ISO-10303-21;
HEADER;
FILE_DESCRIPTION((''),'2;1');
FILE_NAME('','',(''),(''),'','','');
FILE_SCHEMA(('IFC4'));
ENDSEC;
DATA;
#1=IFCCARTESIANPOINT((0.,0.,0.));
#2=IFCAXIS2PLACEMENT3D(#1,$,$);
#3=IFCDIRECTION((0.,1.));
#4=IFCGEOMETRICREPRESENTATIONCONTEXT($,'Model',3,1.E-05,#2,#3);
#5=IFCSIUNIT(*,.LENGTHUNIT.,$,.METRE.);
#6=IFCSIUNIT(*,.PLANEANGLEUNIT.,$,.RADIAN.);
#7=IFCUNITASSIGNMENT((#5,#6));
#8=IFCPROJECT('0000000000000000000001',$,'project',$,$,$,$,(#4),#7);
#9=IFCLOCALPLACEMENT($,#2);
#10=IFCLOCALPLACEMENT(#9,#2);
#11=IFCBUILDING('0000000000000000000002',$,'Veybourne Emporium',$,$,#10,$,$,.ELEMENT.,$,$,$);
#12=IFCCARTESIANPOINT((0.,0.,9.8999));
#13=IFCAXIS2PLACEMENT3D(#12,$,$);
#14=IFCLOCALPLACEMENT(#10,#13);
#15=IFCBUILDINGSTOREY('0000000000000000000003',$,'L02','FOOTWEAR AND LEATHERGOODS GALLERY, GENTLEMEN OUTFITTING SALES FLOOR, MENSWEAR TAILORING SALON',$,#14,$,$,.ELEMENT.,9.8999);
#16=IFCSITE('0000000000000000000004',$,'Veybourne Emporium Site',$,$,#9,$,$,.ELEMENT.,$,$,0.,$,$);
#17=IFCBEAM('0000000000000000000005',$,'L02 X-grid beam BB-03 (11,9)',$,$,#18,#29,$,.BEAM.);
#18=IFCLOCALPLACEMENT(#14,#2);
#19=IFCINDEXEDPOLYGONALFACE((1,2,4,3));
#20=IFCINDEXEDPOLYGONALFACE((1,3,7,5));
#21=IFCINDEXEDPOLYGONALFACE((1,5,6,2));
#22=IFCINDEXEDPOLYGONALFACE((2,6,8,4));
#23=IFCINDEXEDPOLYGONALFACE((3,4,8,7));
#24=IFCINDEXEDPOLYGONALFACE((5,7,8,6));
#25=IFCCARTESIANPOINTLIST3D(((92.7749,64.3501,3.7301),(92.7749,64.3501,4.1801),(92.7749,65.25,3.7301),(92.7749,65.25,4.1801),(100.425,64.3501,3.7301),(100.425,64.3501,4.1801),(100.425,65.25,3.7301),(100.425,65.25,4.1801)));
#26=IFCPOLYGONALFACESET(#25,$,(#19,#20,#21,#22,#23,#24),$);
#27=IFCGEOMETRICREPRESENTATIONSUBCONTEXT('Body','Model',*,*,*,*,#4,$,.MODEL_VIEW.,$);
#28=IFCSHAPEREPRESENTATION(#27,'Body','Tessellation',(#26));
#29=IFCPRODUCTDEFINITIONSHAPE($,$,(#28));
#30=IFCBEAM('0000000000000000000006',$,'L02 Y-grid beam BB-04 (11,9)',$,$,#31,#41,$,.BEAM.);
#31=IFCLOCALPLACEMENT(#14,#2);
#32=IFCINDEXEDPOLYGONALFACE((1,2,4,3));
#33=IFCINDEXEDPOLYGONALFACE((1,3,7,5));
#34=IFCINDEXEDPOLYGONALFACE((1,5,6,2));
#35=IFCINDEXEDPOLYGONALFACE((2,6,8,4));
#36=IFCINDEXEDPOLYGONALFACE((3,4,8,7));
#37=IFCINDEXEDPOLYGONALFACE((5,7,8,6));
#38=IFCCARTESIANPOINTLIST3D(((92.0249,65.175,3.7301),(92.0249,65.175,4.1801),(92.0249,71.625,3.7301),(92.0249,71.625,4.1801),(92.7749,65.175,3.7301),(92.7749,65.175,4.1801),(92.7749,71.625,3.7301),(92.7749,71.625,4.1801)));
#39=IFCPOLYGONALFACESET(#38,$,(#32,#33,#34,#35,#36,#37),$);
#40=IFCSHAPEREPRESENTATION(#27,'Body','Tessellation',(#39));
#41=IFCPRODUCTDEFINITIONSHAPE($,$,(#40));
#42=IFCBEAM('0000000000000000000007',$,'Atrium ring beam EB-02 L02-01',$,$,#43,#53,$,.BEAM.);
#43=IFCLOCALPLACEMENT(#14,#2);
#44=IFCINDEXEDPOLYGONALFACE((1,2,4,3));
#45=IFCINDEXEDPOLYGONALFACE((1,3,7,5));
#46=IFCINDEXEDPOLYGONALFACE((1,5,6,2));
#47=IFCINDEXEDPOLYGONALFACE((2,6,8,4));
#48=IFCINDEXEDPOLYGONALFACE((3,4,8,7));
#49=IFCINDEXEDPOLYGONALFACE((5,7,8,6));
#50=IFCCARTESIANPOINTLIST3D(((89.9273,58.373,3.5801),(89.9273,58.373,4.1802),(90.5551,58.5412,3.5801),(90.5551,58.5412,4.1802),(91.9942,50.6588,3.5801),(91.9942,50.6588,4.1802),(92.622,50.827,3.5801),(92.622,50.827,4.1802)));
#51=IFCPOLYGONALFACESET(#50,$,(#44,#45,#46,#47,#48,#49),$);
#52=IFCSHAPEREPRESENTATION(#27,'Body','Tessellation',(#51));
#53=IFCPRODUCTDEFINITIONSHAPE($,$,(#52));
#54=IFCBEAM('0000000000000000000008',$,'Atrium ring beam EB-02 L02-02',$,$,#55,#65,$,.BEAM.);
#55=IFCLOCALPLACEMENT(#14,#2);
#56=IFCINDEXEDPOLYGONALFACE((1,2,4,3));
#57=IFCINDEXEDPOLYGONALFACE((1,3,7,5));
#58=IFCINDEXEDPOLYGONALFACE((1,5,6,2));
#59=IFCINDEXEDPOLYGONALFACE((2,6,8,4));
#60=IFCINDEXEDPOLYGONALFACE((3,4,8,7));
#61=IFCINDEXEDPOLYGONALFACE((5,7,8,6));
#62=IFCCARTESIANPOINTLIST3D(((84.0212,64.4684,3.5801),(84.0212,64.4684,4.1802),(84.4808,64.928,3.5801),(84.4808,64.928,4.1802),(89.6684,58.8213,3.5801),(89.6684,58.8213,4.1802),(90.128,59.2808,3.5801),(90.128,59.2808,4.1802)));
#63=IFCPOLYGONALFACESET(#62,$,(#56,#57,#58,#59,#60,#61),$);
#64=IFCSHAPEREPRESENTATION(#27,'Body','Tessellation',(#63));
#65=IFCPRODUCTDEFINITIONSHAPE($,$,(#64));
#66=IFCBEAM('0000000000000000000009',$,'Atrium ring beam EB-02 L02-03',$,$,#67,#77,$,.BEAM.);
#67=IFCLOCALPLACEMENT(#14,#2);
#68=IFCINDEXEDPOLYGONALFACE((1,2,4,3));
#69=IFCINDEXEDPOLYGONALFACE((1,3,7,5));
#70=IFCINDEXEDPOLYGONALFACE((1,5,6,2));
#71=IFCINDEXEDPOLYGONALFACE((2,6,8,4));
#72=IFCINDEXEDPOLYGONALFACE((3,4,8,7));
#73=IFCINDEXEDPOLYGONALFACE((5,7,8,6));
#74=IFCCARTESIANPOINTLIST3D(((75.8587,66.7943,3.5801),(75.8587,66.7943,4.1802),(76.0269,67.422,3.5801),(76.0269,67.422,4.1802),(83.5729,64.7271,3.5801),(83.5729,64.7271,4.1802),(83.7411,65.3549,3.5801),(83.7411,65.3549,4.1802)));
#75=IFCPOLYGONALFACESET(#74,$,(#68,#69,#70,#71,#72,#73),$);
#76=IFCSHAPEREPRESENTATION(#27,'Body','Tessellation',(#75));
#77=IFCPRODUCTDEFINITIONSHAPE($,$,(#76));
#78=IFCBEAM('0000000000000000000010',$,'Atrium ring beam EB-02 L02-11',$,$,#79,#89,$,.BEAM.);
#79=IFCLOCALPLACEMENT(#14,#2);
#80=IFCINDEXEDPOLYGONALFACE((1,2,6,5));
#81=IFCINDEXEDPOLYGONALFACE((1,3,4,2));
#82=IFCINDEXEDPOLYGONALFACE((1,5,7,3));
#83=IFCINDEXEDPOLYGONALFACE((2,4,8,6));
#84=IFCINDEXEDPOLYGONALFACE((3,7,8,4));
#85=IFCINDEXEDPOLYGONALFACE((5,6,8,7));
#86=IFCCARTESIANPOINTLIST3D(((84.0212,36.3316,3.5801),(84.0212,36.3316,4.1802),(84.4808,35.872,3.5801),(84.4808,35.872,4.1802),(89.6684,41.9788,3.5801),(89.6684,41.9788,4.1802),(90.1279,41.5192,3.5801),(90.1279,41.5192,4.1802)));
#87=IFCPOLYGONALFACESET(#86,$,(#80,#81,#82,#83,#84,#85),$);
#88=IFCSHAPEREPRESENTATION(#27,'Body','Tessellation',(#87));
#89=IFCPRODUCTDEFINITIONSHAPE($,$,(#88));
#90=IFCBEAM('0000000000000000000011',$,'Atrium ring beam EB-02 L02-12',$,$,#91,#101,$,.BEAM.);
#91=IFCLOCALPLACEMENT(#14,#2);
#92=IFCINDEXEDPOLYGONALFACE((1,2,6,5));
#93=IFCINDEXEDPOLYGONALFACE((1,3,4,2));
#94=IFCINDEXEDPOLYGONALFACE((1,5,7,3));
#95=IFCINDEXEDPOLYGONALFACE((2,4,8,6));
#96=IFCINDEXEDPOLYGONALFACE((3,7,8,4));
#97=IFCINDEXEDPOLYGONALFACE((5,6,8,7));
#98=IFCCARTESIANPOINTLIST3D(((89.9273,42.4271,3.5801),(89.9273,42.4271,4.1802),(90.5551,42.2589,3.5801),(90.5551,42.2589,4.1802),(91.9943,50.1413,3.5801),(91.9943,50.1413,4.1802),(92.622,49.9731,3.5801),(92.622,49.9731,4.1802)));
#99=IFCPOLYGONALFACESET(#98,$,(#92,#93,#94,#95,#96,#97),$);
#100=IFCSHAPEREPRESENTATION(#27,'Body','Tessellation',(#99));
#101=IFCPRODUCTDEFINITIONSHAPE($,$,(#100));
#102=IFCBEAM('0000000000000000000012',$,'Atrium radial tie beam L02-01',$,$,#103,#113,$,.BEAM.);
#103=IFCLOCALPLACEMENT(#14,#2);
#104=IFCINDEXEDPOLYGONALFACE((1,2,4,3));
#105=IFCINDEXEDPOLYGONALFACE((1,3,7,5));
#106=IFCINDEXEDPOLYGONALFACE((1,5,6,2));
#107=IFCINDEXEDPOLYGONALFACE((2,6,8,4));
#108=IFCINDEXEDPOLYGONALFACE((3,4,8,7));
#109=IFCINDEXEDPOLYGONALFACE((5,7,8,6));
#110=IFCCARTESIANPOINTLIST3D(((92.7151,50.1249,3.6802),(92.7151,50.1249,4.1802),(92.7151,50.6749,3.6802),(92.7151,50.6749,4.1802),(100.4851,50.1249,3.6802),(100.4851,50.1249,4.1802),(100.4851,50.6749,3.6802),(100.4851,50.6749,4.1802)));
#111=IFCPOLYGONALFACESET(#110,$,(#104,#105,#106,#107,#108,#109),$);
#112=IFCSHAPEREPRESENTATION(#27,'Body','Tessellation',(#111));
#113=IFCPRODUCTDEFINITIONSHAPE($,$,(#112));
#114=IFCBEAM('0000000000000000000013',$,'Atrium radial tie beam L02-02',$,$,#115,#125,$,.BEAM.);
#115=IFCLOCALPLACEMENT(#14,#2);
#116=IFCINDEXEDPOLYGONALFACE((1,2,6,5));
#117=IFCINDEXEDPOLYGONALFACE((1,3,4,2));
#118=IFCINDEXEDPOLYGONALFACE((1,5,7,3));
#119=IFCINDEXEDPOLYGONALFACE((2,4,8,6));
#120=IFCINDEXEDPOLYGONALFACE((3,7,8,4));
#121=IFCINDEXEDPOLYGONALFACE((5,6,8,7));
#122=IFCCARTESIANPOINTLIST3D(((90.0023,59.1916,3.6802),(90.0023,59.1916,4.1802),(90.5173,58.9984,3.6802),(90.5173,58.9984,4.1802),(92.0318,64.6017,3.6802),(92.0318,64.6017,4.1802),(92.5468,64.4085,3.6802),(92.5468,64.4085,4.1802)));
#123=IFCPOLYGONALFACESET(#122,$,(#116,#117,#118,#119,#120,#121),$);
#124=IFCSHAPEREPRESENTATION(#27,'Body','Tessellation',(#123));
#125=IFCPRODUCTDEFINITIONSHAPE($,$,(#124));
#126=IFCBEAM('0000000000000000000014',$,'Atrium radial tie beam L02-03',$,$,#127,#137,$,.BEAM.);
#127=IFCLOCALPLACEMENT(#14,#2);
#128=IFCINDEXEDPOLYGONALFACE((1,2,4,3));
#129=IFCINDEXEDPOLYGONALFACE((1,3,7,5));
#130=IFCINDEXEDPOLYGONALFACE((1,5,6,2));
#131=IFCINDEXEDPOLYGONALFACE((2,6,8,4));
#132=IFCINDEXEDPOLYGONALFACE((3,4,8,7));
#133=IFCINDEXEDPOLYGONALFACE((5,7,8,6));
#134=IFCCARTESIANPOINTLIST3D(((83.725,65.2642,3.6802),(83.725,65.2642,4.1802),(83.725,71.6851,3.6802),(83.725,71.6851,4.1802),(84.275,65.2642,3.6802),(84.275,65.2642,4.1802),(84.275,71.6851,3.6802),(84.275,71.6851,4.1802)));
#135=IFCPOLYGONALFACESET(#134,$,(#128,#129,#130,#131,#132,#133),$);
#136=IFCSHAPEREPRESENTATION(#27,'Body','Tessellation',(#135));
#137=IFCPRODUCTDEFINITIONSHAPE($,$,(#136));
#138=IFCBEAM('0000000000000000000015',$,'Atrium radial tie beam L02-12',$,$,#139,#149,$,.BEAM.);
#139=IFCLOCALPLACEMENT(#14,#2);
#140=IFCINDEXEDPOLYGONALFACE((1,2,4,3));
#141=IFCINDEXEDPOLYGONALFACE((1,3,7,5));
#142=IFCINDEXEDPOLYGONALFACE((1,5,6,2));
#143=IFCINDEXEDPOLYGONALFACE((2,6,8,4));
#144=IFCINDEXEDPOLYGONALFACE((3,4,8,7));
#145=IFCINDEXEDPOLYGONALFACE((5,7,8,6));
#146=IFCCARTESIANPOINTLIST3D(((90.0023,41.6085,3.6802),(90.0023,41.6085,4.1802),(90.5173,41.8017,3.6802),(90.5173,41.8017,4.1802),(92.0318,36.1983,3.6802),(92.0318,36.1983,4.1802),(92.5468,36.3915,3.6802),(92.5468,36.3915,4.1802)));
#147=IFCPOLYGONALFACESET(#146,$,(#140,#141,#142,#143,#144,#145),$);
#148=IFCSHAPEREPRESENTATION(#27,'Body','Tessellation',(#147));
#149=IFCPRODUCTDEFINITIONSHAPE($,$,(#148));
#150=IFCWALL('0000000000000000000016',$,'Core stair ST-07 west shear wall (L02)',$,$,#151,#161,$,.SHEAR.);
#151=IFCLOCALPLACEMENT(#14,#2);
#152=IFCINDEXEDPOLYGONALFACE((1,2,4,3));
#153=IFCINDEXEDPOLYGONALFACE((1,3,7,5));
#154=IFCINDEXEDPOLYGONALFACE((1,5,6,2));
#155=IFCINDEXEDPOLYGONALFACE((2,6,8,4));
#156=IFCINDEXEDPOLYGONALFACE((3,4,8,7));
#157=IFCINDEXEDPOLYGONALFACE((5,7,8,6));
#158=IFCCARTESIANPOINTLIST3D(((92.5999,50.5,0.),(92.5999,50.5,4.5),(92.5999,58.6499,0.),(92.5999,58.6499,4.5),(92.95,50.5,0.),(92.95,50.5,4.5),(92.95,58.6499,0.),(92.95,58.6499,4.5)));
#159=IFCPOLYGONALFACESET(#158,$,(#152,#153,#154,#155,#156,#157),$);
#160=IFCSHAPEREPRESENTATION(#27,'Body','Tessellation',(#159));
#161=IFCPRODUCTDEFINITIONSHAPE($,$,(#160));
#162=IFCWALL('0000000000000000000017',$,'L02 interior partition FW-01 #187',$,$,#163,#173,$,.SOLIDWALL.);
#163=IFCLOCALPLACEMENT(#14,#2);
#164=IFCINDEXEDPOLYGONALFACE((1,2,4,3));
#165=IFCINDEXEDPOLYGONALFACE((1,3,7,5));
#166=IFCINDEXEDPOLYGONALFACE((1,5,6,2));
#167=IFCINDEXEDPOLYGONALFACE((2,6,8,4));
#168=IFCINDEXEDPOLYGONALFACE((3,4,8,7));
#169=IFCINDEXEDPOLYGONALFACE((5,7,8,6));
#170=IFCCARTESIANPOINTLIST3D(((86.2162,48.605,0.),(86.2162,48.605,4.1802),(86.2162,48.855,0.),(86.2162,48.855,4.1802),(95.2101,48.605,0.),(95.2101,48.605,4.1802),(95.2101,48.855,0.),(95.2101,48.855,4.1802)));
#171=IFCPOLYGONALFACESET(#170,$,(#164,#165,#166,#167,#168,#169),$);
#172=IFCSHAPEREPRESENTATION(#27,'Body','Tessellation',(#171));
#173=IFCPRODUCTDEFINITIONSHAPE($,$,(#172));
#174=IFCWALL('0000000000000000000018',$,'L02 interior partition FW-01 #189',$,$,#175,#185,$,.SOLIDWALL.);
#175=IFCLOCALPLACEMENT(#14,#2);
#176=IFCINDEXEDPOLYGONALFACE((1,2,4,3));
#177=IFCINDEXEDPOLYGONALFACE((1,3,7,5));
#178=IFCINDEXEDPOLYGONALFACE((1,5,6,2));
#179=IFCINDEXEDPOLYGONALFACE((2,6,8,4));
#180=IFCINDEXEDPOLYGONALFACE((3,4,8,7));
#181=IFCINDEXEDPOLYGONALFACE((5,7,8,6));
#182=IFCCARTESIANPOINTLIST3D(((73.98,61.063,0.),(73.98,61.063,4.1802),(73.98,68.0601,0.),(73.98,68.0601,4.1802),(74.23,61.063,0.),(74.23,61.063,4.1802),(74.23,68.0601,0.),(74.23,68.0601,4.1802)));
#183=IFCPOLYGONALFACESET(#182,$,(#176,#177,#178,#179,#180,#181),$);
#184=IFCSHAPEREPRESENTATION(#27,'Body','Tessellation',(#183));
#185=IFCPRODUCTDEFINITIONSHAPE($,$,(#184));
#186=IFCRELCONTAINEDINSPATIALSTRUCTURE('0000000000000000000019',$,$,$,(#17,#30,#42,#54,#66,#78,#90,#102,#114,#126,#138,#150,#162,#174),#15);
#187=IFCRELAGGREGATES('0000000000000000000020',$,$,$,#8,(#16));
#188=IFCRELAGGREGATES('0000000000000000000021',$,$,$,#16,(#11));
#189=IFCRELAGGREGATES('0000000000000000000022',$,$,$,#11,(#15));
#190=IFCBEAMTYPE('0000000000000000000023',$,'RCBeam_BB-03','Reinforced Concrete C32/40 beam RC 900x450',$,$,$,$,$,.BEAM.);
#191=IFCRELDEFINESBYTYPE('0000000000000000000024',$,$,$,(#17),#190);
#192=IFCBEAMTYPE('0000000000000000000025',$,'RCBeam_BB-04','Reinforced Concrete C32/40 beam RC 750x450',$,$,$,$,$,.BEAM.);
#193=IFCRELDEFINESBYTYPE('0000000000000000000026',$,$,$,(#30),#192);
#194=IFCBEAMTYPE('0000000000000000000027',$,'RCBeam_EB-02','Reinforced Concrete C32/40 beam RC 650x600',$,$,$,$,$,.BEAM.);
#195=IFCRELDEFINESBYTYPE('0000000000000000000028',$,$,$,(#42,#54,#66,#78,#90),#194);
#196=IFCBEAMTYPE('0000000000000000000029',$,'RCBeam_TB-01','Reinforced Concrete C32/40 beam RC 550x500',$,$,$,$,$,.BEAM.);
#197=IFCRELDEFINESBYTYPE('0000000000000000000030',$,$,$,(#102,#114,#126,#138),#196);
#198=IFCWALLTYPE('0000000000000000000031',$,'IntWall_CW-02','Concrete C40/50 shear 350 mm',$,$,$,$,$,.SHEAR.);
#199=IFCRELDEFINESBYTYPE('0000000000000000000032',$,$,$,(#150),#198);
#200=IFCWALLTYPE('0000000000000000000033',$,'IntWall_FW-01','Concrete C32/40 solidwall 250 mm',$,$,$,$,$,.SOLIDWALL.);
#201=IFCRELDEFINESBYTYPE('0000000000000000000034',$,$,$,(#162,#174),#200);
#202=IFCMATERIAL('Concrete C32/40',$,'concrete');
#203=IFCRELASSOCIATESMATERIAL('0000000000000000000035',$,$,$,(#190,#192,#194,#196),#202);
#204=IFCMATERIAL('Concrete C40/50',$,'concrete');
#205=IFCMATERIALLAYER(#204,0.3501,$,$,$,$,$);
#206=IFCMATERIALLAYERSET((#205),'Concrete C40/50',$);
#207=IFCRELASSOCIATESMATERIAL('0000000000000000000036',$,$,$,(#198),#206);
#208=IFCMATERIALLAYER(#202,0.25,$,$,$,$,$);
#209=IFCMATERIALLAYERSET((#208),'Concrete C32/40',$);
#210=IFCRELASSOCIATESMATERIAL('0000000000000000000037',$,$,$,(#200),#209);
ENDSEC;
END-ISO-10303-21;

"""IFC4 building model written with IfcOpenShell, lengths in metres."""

from ifc_helpers import new_model, si_unit, direction, frame, frame_2d, origin, origin_2d, place, context, subcontext, project, spatial, rectangle, extrude, material, layer, layer_set, material_profile, profile_set, type_object, element, save


model = new_model("IFC4")

# Units and contexts
model_context = context("Model", 3, precision=1e-05, world=origin(), true_north=direction((0.0, 1.0)))
body_context = subcontext(model_context, "Body", "Model", "MODEL_VIEW")
ifc_project = project(units=[si_unit("LENGTHUNIT", "METRE"), si_unit("PLANEANGLEUNIT", "RADIAN")], contexts=[model_context])

# Site, building, storey
site_placement = place(None, origin())
site = spatial("IfcSite", under=ifc_project, at=site_placement, Name="Veybourne Emporium Site", CompositionType="ELEMENT", RefElevation=0.0)
building_placement = place(site_placement, origin())
building = spatial("IfcBuilding", under=site, at=building_placement, Name="Veybourne Emporium", CompositionType="ELEMENT")
storey_placement = place(building_placement, frame((0.0, 0.0, 9.8999)))
storey = spatial("IfcBuildingStorey", under=building, at=storey_placement, Name="L02", Description="FOOTWEAR AND LEATHERGOODS GALLERY, GENTLEMEN OUTFITTING SALES FLOOR, MENSWEAR TAILORING SALON", CompositionType="ELEMENT", Elevation=9.8999)

# Shared definitions
ifc_material_1 = material(Name="Concrete C40/50", Category="concrete")

# Beams
ifc_material_2 = material(Name="Concrete C32/40", Category="concrete")
ifc_material_profile_1 = material_profile(ifc_material_2, rectangle(XDim=0.8999, YDim=0.45, at=origin_2d()), Name="RC 900x450")
ifc_profile_set_1 = profile_set([ifc_material_profile_1], Name="Concrete C32/40")
beam_type_1 = type_object("IfcBeamType", Name="RCBeam_BB-03", Description="Reinforced Concrete C32/40 beam RC 900x450", PredefinedType="BEAM", material=ifc_profile_set_1)
beam_1_placement = place(storey_placement, frame((92.7749, 64.8, 3.9551), z_axis=(1.0, 0.0, 0.0), x_axis=(0.0, 1.0, 0.0)))
element("IfcBeam", 1, at=beam_1_placement, inside=storey, type_object=beam_type_1, Name="L02 X-grid beam BB-03 (11,9)", PredefinedType="BEAM", context=body_context, shape_type="SweptSolid", body=[
    extrude(rectangle(XDim=0.8999, YDim=0.45, at=origin_2d()), origin(), (0.0, 0.0, 1.0), 7.6501),
])
ifc_material_profile_2 = material_profile(ifc_material_2, rectangle(XDim=0.75, YDim=0.45, at=origin_2d()), Name="RC 750x450")
ifc_profile_set_2 = profile_set([ifc_material_profile_2], Name="Concrete C32/40")
beam_type_2 = type_object("IfcBeamType", Name="RCBeam_BB-04", Description="Reinforced Concrete C32/40 beam RC 750x450", PredefinedType="BEAM", material=ifc_profile_set_2)
beam_2_placement = place(storey_placement, frame((92.3999, 65.175, 3.9551), z_axis=(0.0, 1.0, 0.0), x_axis=(-1.0, 0.0, 0.0)))
element("IfcBeam", 2, at=beam_2_placement, inside=storey, type_object=beam_type_2, Name="L02 Y-grid beam BB-04 (11,9)", PredefinedType="BEAM", context=body_context, shape_type="SweptSolid", body=[
    extrude(rectangle(XDim=0.75, YDim=0.45, at=origin_2d()), origin(), (0.0, 0.0, 1.0), 6.45),
])
ifc_material_profile_3 = material_profile(ifc_material_2, rectangle(XDim=0.6499, YDim=0.6001, at=origin_2d()), Name="RC 650x600")
ifc_profile_set_3 = profile_set([ifc_material_profile_3], Name="Concrete C32/40")
beam_type_3 = type_object("IfcBeamType", Name="RCBeam_EB-02", Description="Reinforced Concrete C32/40 beam RC 650x600", PredefinedType="BEAM", material=ifc_profile_set_3)
for number, where, z_axis, x_axis, name in (
    (3, (92.3081, 50.7429, 3.8801), (-0.258808, 0.965929, 0.0), (-0.965929, -0.258808, 0.0), "Atrium ring beam EB-02 L02-01"),
    (4, (89.8982, 59.051, 3.8801), (-0.707107, 0.707107, 0.0), (-0.707107, -0.707107, 0.0), "Atrium ring beam EB-02 L02-02"),
    (5, (83.657, 65.041, 3.8801), (-0.965921, 0.258836, 0.0), (-0.258836, -0.965921, 0.0), "Atrium ring beam EB-02 L02-03"),
    (6, (84.251, 36.1018, 3.8801), (0.707107, 0.707107, 0.0), (-0.707107, 0.707107, 0.0), "Atrium ring beam EB-02 L02-11"),
    (7, (90.2412, 42.343, 3.8801), (0.258808, 0.965929, 0.0), (-0.965929, 0.258808, 0.0), "Atrium ring beam EB-02 L02-12"),
):
    element("IfcBeam", number, at=place(storey_placement, frame(where, z_axis=z_axis, x_axis=x_axis)), inside=storey, type_object=beam_type_3, Name=name, PredefinedType="BEAM", context=body_context, shape_type="SweptSolid", body=[
        extrude(rectangle(XDim=0.6499, YDim=0.6001, at=origin_2d()), origin(), (0.0, 0.0, 1.0), 7.9863),
    ])
ifc_material_profile_4 = material_profile(ifc_material_2, rectangle(XDim=0.55, YDim=0.5, at=origin_2d()), Name="RC 550x500")
ifc_profile_set_4 = profile_set([ifc_material_profile_4], Name="Concrete C32/40")
beam_type_4 = type_object("IfcBeamType", Name="RCBeam_TB-01", Description="Reinforced Concrete C32/40 beam RC 550x500", PredefinedType="BEAM", material=ifc_profile_set_4)
beam_3_placement = place(storey_placement, frame((92.7151, 50.3999, 3.9302), z_axis=(1.0, 0.0, 0.0), x_axis=(0.0, 1.0, 0.0)))
element("IfcBeam", 8, at=beam_3_placement, inside=storey, type_object=beam_type_4, Name="Atrium radial tie beam L02-01", PredefinedType="BEAM", context=body_context, shape_type="SweptSolid", body=[
    extrude(rectangle(XDim=0.55, YDim=0.5, at=origin_2d()), origin(), (0.0, 0.0, 1.0), 7.77),
])
beam_4_placement = place(storey_placement, frame((90.2598, 59.095, 3.9302), z_axis=(0.351235, 0.936287, 0.0), x_axis=(-0.936287, 0.351235, 0.0)))
element("IfcBeam", 9, at=beam_4_placement, inside=storey, type_object=beam_type_4, Name="Atrium radial tie beam L02-02", PredefinedType="BEAM", context=body_context, shape_type="SweptSolid", body=[
    extrude(rectangle(XDim=0.55, YDim=0.5, at=origin_2d()), origin(), (0.0, 0.0, 1.0), 5.7783),
])
beam_5_placement = place(storey_placement, frame((84.0, 65.2642, 3.9302), z_axis=(0.0, 1.0, 0.0), x_axis=(-1.0, 0.0, 0.0)))
element("IfcBeam", 10, at=beam_5_placement, inside=storey, type_object=beam_type_4, Name="Atrium radial tie beam L02-03", PredefinedType="BEAM", context=body_context, shape_type="SweptSolid", body=[
    extrude(rectangle(XDim=0.55, YDim=0.5, at=origin_2d()), origin(), (0.0, 0.0, 1.0), 6.4209),
])
beam_6_placement = place(storey_placement, frame((90.2598, 41.7051, 3.9302), z_axis=(0.351235, -0.936287, 0.0), x_axis=(0.936287, 0.351235, 0.0)))
element("IfcBeam", 11, at=beam_6_placement, inside=storey, type_object=beam_type_4, Name="Atrium radial tie beam L02-12", PredefinedType="BEAM", context=body_context, shape_type="SweptSolid", body=[
    extrude(rectangle(XDim=0.55, YDim=0.5, at=origin_2d()), origin(), (0.0, 0.0, 1.0), 5.7783),
])

# Walls
ifc_layer_1 = layer(ifc_material_1, 0.3501)
ifc_layer_set_1 = layer_set([ifc_layer_1], Name="Concrete C40/50")
wall_type_1 = type_object("IfcWallType", Name="IntWall_CW-02", Description="Concrete C40/50 shear 350 mm", PredefinedType="SHEAR", material=ifc_layer_set_1)
wall_1_placement = place(storey_placement, frame((92.7749, 58.6499, 0.0), z_axis=(0.0, 0.0, 1.0), x_axis=(0.0, -1.0, 0.0)))
element("IfcWall", 12, at=wall_1_placement, inside=storey, type_object=wall_type_1, Name="Core stair ST-07 west shear wall (L02)", PredefinedType="SHEAR", context=body_context, shape_type="SweptSolid", body=[
    extrude(rectangle(XDim=8.1499, YDim=0.3501, at=frame_2d((4.075, 0.0))), origin(), (0.0, 0.0, 1.0), 4.5),
])
ifc_layer_2 = layer(ifc_material_2, 0.25)
ifc_layer_set_2 = layer_set([ifc_layer_2], Name="Concrete C32/40")
wall_type_2 = type_object("IfcWallType", Name="IntWall_FW-01", Description="Concrete C32/40 solidwall 250 mm", PredefinedType="SOLIDWALL", material=ifc_layer_set_2)
wall_2_placement = place(storey_placement, frame((86.2161, 48.73, 0.0), z_axis=(0.0, 0.0, 1.0), x_axis=(1.0, 0.0, 0.0)))
element("IfcWall", 13, at=wall_2_placement, inside=storey, type_object=wall_type_2, Name="L02 interior partition FW-01 #187", PredefinedType="SOLIDWALL", context=body_context, shape_type="SweptSolid", body=[
    extrude(rectangle(XDim=8.9939, YDim=0.25, at=frame_2d((4.4971, 0.0))), origin(), (0.0, 0.0, 1.0), 4.1802),
])
wall_3_placement = place(storey_placement, frame((74.105, 61.063, 0.0), z_axis=(0.0, 0.0, 1.0), x_axis=(0.0, 1.0, 0.0)))
element("IfcWall", 14, at=wall_3_placement, inside=storey, type_object=wall_type_2, Name="L02 interior partition FW-01 #189", PredefinedType="SOLIDWALL", context=body_context, shape_type="SweptSolid", body=[
    extrude(rectangle(XDim=6.9971, YDim=0.25, at=frame_2d((3.4985, 0.0))), origin(), (0.0, 0.0, 1.0), 4.1802),
])

save(model, "model.ifc")
